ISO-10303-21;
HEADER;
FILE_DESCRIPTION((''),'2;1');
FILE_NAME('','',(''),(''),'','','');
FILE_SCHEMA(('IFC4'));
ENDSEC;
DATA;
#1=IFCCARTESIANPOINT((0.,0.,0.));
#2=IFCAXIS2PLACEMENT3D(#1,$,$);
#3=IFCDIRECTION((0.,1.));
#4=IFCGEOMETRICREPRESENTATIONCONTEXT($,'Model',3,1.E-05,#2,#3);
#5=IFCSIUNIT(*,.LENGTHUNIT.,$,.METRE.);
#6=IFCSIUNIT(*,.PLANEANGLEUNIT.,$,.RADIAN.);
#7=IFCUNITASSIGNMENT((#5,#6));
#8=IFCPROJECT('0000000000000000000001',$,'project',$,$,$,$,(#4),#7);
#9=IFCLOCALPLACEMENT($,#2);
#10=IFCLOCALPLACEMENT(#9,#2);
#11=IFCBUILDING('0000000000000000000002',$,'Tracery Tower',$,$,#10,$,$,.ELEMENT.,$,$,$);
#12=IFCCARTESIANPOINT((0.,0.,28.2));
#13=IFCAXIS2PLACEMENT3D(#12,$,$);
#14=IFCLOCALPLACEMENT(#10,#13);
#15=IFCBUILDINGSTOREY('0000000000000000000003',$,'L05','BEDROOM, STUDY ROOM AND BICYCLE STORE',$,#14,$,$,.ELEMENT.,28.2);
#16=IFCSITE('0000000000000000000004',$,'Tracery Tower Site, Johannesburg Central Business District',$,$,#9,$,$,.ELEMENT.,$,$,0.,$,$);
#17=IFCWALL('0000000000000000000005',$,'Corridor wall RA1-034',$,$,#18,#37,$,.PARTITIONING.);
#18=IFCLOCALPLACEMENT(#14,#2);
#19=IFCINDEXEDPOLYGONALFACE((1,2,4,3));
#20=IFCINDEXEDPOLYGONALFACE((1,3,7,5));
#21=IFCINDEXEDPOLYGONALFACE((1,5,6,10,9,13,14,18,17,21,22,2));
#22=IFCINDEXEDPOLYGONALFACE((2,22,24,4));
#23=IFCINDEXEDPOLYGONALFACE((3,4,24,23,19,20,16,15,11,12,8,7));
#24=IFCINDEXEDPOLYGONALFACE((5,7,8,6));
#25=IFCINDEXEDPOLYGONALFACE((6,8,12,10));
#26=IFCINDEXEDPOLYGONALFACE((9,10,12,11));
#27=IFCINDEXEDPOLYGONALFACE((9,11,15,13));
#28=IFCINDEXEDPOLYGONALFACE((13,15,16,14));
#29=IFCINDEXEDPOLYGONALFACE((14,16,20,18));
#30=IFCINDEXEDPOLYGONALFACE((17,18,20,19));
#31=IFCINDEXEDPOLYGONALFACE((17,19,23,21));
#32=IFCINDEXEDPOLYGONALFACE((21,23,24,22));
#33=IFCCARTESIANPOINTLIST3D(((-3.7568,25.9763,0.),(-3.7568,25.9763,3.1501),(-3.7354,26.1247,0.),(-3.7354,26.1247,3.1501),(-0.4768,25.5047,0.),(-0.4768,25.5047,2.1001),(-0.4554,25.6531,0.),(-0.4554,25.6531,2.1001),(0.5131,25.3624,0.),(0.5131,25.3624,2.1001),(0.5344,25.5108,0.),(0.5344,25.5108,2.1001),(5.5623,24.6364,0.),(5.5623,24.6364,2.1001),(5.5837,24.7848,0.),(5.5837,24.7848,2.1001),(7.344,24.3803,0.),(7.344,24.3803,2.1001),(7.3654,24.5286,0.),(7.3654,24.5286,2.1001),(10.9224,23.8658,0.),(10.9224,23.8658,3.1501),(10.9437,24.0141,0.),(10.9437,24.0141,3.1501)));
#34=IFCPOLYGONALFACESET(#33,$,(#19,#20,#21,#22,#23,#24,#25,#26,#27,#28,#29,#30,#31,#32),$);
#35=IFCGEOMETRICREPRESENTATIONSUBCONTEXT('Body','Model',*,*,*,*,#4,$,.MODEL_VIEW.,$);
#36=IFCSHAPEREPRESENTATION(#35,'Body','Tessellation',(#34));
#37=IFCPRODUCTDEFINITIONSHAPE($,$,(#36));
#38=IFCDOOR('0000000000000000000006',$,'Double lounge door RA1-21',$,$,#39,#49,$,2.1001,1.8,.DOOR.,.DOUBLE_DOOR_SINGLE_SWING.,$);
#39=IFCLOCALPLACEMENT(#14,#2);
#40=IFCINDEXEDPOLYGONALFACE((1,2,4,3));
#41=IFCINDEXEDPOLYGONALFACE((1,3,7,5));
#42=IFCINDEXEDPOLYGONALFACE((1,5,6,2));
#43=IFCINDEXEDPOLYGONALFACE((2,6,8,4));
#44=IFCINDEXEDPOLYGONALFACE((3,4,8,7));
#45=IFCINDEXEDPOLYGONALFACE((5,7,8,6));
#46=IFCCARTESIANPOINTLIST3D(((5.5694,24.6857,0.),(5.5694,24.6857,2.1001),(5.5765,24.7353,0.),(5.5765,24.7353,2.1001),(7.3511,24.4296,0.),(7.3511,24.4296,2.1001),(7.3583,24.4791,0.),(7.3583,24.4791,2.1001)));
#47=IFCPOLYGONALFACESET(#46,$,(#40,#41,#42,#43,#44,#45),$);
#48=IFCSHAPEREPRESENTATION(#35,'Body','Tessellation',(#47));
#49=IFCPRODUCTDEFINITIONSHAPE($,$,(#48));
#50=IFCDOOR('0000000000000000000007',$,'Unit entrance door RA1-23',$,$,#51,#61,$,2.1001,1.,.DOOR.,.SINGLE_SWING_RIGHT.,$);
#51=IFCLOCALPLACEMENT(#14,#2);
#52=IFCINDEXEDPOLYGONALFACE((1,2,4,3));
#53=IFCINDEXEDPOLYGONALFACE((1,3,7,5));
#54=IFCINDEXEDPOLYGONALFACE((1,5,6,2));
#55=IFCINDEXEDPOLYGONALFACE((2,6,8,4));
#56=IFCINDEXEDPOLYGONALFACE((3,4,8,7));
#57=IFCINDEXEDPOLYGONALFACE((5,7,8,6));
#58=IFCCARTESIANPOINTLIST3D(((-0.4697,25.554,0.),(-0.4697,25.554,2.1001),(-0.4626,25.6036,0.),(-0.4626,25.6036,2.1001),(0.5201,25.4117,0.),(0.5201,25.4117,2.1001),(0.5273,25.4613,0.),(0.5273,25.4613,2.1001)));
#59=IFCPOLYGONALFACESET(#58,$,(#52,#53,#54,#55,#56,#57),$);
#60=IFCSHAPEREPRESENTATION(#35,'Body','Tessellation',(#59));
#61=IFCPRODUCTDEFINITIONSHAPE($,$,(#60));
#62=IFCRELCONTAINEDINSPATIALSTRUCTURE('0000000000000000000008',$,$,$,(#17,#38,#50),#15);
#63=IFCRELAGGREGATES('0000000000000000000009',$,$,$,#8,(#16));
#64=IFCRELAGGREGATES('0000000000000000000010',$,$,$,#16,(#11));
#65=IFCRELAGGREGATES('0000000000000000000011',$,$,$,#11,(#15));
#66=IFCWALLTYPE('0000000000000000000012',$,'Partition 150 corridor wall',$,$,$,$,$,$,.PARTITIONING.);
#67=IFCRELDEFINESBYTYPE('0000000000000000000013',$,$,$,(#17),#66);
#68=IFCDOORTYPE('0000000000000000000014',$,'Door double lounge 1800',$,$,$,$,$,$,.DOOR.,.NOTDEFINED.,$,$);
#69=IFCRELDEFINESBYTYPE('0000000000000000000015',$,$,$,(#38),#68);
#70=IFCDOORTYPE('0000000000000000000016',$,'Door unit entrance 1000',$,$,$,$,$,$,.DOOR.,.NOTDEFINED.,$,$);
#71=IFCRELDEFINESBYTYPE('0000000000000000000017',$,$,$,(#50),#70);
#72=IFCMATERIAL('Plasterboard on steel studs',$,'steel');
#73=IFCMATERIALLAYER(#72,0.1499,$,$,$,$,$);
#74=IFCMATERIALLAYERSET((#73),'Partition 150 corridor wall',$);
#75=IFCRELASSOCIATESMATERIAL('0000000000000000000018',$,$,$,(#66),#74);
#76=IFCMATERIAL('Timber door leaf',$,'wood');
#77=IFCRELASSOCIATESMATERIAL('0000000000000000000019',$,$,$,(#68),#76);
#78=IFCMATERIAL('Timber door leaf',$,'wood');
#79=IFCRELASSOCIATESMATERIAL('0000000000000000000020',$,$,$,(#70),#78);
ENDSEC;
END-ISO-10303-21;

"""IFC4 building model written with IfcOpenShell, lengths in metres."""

from ifc_helpers import new_model, si_unit, direction, frame, frame_2d, origin, place, context, subcontext, project, spatial, rectangle, extrude, material, layer, layer_set, type_object, element, fill, save


model = new_model("IFC4")

# Units and contexts
model_context = context("Model", 3, precision=1e-05, world=origin(), true_north=direction((0.0, 1.0)))
body_context = subcontext(model_context, "Body", "Model", "MODEL_VIEW")
ifc_project = project(units=[si_unit("LENGTHUNIT", "METRE"), si_unit("PLANEANGLEUNIT", "RADIAN")], contexts=[model_context])

# Site, building, storey
site_placement = place(None, origin())
site = spatial("IfcSite", under=ifc_project, at=site_placement, Name="Tracery Tower Site, Johannesburg Central Business District", CompositionType="ELEMENT", RefElevation=0.0)
building_placement = place(site_placement, origin())
building = spatial("IfcBuilding", under=site, at=building_placement, Name="Tracery Tower", CompositionType="ELEMENT")
storey_placement = place(building_placement, frame((0.0, 0.0, 28.2)))
storey = spatial("IfcBuildingStorey", under=building, at=storey_placement, Name="L05", Description="BEDROOM, STUDY ROOM AND BICYCLE STORE", CompositionType="ELEMENT", Elevation=28.2)

# Shared definitions
ifc_material_1 = material(Name="Plasterboard on steel studs", Category="steel")
ifc_layer_1 = layer(ifc_material_1, 0.1499)
ifc_layer_set_1 = layer_set([ifc_layer_1], Name="Partition 150 corridor wall")
wall_type_1 = type_object("IfcWallType", Name="Partition 150 corridor wall", PredefinedType="PARTITIONING", material=ifc_layer_set_1)

# Wall, openings, doors
wall_1_placement = place(storey_placement, frame((-3.7461, 26.0505, 0.0), z_axis=(0.0, 0.0, 1.0), x_axis=(0.989821, -0.142318, 0.0)))
wall_1 = element("IfcWall", 1, at=wall_1_placement, inside=storey, type_object=wall_type_1, Name="Corridor wall RA1-034", PredefinedType="PARTITIONING", context=body_context, shape_type="SweptSolid", body=[
    extrude(rectangle(XDim=14.8301, YDim=0.1499, at=frame_2d((7.415, 0.0))), origin(), (0.0, 0.0, 1.0), 3.1501),
])
opening_1_placement = place(wall_1_placement, frame((9.415, 0.0, 0.0)))
opening_1 = element("IfcOpeningElement", 2, at=opening_1_placement, cuts=wall_1, PredefinedType="OPENING", context=body_context, shape_type="SweptSolid", body=[
    extrude(rectangle(XDim=1.8, YDim=2.1001, at=frame_2d((0.8999, 1.05))), frame((0.0, 0.075, 0.0), z_axis=(0.0, -1.0, 0.0), x_axis=(1.0, 0.0, 0.0)), (0.0, 0.0, 1.0), 0.1499),
])
opening_2_placement = place(wall_1_placement, frame((3.3137, 0.0, 0.0)))
opening_2 = element("IfcOpeningElement", 3, at=opening_2_placement, cuts=wall_1, PredefinedType="OPENING", context=body_context, shape_type="SweptSolid", body=[
    extrude(rectangle(XDim=1.0, YDim=2.1001, at=frame_2d((0.5, 1.05))), frame((0.0, 0.075, 0.0), z_axis=(0.0, -1.0, 0.0), x_axis=(1.0, 0.0, 0.0)), (0.0, 0.0, 1.0), 0.1499),
])
ifc_material_2 = material(Name="Timber door leaf", Category="wood")
door_type_1 = type_object("IfcDoorType", Name="Door double lounge 1800", OperationType="NOTDEFINED", PredefinedType="DOOR", material=ifc_material_2)
door_1_placement = place(opening_1_placement, origin())
door_1 = element("IfcDoor", 4, at=door_1_placement, inside=storey, type_object=door_type_1, Name="Double lounge door RA1-21", OperationType="DOUBLE_DOOR_SINGLE_SWING", OverallHeight=2.1001, OverallWidth=1.8, PredefinedType="DOOR", context=body_context, shape_type="SweptSolid", body=[
    extrude(rectangle(XDim=1.8, YDim=2.1001, at=frame_2d((0.8999, 1.05))), frame((0.0, 0.0249, 0.0), z_axis=(0.0, -1.0, 0.0), x_axis=(1.0, 0.0, 0.0)), (0.0, 0.0, 1.0), 0.05),
])
fill(opening_1, door_1)
ifc_material_3 = material(Name="Timber door leaf", Category="wood")
door_type_2 = type_object("IfcDoorType", Name="Door unit entrance 1000", OperationType="NOTDEFINED", PredefinedType="DOOR", material=ifc_material_3)
door_2_placement = place(opening_2_placement, origin())
door_2 = element("IfcDoor", 5, at=door_2_placement, inside=storey, type_object=door_type_2, Name="Unit entrance door RA1-23", OperationType="SINGLE_SWING_RIGHT", OverallHeight=2.1001, OverallWidth=1.0, PredefinedType="DOOR", context=body_context, shape_type="SweptSolid", body=[
    extrude(rectangle(XDim=1.0, YDim=2.1001, at=frame_2d((0.5, 1.05))), frame((0.0, 0.0249, 0.0), z_axis=(0.0, -1.0, 0.0), x_axis=(1.0, 0.0, 0.0)), (0.0, 0.0, 1.0), 0.05),
])
fill(opening_2, door_2)

save(model, "model.ifc")
